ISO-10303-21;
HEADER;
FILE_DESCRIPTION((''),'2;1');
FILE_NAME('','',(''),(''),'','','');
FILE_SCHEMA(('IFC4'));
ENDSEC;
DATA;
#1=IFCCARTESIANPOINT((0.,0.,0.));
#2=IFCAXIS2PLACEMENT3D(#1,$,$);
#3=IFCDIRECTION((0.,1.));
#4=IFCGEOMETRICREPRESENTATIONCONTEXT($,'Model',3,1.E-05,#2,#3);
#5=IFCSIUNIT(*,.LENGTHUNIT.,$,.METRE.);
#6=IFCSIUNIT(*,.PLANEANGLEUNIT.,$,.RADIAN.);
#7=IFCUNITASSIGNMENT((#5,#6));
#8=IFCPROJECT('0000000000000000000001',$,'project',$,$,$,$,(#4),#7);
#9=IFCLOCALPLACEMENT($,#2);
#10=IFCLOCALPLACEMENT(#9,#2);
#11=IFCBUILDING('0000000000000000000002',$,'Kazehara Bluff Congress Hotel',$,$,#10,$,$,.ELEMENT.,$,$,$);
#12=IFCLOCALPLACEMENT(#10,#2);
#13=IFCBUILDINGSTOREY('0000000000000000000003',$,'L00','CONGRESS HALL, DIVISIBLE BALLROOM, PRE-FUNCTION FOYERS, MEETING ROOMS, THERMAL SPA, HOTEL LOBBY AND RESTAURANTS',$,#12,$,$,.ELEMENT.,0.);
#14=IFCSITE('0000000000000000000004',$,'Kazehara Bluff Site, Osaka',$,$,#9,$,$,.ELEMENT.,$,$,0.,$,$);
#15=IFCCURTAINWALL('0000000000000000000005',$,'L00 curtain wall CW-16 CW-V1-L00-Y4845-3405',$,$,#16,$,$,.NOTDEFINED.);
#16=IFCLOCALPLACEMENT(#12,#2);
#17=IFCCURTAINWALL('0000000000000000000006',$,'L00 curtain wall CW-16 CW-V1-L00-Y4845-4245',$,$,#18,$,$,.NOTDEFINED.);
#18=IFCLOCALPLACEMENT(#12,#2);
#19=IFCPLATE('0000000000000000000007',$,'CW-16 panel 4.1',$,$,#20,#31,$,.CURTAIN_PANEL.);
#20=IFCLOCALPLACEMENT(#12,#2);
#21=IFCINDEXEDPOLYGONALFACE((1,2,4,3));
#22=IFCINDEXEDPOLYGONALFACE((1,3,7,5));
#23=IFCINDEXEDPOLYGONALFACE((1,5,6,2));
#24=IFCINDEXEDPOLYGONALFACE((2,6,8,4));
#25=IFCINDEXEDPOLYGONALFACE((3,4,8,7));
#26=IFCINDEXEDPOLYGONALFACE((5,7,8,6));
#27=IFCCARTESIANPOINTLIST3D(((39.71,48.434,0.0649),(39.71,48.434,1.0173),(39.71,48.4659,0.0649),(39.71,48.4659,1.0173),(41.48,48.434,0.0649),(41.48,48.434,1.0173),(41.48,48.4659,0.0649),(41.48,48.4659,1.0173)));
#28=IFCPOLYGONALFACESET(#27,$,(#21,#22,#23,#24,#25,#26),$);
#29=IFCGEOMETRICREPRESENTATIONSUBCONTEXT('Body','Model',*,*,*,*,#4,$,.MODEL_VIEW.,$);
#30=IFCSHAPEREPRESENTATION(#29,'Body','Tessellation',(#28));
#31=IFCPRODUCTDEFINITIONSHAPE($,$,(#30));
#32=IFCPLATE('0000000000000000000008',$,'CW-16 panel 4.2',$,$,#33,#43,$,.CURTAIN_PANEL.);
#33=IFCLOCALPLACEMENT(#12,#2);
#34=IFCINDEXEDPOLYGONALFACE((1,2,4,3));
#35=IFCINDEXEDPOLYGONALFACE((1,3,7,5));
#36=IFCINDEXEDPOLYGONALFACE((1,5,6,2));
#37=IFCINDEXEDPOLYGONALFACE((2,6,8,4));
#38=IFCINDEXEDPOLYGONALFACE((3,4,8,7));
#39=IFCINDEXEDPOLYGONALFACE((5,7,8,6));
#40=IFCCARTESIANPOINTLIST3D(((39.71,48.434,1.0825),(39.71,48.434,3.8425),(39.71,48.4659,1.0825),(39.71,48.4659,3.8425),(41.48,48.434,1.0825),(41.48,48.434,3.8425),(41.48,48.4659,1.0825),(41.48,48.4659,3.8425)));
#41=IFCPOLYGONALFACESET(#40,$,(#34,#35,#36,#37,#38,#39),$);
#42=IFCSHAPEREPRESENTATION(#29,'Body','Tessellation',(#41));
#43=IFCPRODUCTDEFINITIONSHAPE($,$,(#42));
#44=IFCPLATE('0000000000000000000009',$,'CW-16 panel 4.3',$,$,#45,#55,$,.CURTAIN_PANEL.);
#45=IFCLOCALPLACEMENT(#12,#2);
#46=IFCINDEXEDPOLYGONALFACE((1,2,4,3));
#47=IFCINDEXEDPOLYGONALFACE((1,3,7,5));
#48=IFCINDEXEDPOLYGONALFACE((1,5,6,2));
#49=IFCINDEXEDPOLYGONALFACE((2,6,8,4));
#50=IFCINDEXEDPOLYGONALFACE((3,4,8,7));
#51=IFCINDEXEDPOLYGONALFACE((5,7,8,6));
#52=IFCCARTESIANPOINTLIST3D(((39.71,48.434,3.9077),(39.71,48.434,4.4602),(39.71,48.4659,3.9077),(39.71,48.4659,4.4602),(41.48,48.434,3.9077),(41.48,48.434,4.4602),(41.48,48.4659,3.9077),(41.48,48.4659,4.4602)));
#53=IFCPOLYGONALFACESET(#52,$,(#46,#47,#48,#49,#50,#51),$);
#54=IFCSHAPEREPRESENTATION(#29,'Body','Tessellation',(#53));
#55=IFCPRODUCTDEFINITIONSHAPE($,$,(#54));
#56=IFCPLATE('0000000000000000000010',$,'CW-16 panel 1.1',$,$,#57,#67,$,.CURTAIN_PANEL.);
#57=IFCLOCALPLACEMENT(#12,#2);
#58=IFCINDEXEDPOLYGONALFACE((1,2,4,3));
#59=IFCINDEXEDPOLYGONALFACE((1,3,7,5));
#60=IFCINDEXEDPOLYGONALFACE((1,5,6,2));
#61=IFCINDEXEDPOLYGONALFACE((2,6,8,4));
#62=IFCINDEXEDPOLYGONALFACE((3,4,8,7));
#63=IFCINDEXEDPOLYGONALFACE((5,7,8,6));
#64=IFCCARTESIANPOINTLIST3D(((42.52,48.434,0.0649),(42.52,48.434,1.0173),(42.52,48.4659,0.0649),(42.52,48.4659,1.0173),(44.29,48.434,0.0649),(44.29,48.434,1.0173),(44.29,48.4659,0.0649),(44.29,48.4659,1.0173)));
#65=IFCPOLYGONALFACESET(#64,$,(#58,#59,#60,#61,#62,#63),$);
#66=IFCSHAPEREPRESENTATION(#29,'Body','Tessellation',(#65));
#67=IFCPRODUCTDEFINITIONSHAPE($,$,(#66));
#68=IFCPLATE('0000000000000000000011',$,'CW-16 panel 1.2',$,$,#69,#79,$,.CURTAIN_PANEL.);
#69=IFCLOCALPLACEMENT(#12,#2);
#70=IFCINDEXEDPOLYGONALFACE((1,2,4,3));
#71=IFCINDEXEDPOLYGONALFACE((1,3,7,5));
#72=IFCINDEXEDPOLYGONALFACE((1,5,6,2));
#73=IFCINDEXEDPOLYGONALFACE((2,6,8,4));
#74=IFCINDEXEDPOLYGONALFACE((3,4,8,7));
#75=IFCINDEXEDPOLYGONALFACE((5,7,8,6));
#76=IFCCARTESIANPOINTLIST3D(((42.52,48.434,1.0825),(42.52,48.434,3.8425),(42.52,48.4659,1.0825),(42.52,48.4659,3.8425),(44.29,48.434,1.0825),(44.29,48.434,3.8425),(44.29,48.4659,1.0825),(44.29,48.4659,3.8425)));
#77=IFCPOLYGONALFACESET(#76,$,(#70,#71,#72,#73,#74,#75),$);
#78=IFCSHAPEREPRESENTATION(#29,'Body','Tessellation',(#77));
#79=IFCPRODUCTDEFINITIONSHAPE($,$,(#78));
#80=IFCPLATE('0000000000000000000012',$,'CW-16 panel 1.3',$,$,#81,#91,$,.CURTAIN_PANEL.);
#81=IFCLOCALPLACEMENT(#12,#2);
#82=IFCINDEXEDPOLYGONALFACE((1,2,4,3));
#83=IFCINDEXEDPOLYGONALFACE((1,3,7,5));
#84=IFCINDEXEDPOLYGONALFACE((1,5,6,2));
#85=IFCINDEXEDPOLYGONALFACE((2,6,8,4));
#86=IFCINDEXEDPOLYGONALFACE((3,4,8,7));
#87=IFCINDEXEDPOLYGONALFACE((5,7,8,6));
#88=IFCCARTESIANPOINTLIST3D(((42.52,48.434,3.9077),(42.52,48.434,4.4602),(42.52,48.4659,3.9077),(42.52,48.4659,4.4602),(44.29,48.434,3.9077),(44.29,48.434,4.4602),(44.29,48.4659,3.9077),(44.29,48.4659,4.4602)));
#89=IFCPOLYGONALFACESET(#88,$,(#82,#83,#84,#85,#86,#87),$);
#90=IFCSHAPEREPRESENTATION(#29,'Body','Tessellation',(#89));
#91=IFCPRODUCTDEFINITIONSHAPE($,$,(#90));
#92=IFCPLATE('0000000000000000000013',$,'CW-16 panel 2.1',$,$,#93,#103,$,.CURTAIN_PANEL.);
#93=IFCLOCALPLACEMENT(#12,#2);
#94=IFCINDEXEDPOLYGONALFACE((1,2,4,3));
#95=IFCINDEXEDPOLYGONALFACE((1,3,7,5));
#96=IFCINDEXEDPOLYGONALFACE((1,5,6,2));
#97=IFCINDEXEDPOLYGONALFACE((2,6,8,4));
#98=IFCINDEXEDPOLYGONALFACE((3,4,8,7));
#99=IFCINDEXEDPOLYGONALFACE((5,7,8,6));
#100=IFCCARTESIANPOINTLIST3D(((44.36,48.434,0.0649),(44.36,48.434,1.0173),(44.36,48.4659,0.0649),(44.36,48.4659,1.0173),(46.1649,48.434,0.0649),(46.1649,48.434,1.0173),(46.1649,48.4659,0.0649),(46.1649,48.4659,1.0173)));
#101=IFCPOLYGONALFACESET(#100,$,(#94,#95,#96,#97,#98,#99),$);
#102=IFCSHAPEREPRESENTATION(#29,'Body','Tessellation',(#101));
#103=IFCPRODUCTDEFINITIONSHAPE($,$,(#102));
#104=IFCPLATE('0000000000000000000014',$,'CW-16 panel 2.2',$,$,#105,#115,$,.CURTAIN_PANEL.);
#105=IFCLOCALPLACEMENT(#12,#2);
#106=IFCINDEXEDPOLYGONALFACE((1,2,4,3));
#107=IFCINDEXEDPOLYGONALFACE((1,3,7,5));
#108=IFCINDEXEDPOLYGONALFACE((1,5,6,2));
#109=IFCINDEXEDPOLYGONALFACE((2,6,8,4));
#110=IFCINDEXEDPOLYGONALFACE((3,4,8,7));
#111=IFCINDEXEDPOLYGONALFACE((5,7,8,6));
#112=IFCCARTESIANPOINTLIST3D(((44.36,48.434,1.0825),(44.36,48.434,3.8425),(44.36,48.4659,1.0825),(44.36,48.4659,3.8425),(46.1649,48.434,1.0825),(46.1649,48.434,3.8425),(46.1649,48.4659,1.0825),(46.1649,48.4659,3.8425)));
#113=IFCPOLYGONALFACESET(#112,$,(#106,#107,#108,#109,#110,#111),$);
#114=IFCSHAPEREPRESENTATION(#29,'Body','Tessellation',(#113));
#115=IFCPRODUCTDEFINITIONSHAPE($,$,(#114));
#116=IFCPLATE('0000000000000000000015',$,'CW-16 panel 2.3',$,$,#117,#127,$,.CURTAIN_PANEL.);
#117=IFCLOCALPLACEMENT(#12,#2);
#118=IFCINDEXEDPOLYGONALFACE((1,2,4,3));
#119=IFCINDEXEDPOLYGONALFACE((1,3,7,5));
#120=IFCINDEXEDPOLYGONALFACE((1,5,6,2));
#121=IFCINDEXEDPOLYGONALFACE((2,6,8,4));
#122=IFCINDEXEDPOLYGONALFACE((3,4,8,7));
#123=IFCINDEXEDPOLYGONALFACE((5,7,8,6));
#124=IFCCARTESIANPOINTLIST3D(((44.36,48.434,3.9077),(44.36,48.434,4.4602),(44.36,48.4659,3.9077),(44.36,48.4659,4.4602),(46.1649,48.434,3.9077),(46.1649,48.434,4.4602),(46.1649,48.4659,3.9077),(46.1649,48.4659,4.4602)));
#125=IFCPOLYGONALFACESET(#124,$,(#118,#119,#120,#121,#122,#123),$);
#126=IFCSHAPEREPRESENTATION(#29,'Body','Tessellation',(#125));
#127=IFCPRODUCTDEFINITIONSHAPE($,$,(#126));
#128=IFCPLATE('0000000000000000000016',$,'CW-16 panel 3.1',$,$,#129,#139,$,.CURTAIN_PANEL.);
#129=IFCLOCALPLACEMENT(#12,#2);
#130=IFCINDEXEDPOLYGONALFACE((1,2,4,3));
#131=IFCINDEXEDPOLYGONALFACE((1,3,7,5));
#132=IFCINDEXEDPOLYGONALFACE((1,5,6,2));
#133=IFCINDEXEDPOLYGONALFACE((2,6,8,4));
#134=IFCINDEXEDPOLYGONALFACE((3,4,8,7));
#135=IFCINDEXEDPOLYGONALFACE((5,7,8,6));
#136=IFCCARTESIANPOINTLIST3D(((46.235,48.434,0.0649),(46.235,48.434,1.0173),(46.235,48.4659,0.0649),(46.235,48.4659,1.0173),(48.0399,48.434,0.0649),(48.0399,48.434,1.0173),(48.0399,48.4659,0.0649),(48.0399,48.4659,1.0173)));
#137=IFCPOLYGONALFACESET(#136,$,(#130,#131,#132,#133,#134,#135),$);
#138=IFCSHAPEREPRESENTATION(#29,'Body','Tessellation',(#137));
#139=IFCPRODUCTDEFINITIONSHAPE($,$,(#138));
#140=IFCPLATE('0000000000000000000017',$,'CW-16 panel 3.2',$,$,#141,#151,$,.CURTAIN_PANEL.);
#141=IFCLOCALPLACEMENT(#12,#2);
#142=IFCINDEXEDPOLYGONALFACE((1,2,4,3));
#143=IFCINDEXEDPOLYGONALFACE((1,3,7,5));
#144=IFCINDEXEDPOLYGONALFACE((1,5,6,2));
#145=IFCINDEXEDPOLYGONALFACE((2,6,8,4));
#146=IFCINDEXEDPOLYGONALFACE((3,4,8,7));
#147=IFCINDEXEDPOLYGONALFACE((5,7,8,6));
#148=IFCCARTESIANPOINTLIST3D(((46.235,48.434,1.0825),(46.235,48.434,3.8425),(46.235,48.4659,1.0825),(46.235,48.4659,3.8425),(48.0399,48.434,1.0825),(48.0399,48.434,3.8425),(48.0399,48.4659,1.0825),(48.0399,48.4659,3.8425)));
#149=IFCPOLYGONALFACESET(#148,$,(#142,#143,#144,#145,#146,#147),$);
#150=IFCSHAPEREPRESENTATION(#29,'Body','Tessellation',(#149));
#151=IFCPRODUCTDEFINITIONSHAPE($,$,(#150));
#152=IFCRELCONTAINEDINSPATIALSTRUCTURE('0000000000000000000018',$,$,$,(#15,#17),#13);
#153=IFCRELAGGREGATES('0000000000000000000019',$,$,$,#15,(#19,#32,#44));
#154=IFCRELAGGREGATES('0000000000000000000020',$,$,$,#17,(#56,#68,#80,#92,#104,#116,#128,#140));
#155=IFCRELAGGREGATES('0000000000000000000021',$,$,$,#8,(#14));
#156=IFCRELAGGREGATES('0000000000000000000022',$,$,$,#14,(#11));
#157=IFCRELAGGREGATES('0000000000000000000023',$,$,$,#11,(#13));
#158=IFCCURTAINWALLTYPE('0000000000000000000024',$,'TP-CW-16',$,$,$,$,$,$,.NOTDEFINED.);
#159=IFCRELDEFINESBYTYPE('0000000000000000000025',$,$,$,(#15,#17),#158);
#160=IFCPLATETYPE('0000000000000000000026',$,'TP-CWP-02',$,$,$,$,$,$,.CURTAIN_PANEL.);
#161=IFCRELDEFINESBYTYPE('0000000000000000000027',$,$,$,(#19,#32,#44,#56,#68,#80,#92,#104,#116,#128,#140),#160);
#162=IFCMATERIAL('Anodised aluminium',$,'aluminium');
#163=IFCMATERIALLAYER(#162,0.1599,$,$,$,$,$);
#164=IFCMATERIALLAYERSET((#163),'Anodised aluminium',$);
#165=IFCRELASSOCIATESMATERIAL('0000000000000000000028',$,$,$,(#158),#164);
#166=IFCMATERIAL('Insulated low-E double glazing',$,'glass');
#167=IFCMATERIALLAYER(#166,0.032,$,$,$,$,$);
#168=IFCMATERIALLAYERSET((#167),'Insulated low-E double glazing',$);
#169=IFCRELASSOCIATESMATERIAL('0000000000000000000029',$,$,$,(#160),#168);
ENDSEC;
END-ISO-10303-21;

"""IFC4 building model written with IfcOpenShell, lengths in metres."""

from ifc_helpers import new_model, si_unit, direction, frame, origin, origin_2d, place, context, subcontext, project, spatial, rectangle, extrude, material, layer, layer_set, type_object, element, aggregate, save


model = new_model("IFC4")

# Units and contexts
model_context = context("Model", 3, precision=1e-05, world=origin(), true_north=direction((0.0, 1.0)))
body_context = subcontext(model_context, "Body", "Model", "MODEL_VIEW")
ifc_project = project(units=[si_unit("LENGTHUNIT", "METRE"), si_unit("PLANEANGLEUNIT", "RADIAN")], contexts=[model_context])

# Site, building, storey
site_placement = place(None, origin())
site = spatial("IfcSite", under=ifc_project, at=site_placement, Name="Kazehara Bluff Site, Osaka", CompositionType="ELEMENT", RefElevation=0.0)
building_placement = place(site_placement, origin())
building = spatial("IfcBuilding", under=site, at=building_placement, Name="Kazehara Bluff Congress Hotel", CompositionType="ELEMENT")
storey_placement = place(building_placement, origin())
storey = spatial("IfcBuildingStorey", under=building, at=storey_placement, Name="L00", Description="CONGRESS HALL, DIVISIBLE BALLROOM, PRE-FUNCTION FOYERS, MEETING ROOMS, THERMAL SPA, HOTEL LOBBY AND RESTAURANTS", CompositionType="ELEMENT", Elevation=0.0)

# Curtain wall
ifc_material_1 = material(Name="Anodised aluminium", Category="aluminium")
ifc_layer_1 = layer(ifc_material_1, 0.1599)
ifc_layer_set_1 = layer_set([ifc_layer_1], Name="Anodised aluminium")
curtain_wall_type = type_object("IfcCurtainWallType", Name="TP-CW-16", PredefinedType="NOTDEFINED", material=ifc_layer_set_1)
curtain_wall_1_placement = place(storey_placement, origin())
curtain_wall_1 = element("IfcCurtainWall", 1, at=curtain_wall_1_placement, inside=storey, type_object=curtain_wall_type, Name="L00 curtain wall CW-16 CW-V1-L00-Y4845-3405", PredefinedType="NOTDEFINED")

# Curtain wall
curtain_wall_2_placement = place(storey_placement, origin())
curtain_wall_2 = element("IfcCurtainWall", 2, at=curtain_wall_2_placement, inside=storey, type_object=curtain_wall_type, Name="L00 curtain wall CW-16 CW-V1-L00-Y4845-4245", PredefinedType="NOTDEFINED")

# Plates
ifc_material_2 = material(Name="Insulated low-E double glazing", Category="glass")
ifc_layer_2 = layer(ifc_material_2, 0.032)
ifc_layer_set_2 = layer_set([ifc_layer_2], Name="Insulated low-E double glazing")
plate_type = type_object("IfcPlateType", Name="TP-CWP-02", PredefinedType="CURTAIN_PANEL", material=ifc_layer_set_2)
plate_1_placement = place(storey_placement, frame((40.595, 48.45, 0.0649), z_axis=(0.0, 0.0, 1.0), x_axis=(1.0, 0.0, 0.0)))
plate_1 = element("IfcPlate", 3, at=plate_1_placement, type_object=plate_type, Name="CW-16 panel 4.1", PredefinedType="CURTAIN_PANEL", context=body_context, shape_type="SweptSolid", body=[
    extrude(rectangle(XDim=1.77, YDim=0.032, at=origin_2d()), origin(), (0.0, 0.0, 1.0), 0.9524),
])
plate_2_placement = place(storey_placement, frame((40.595, 48.45, 1.0825), z_axis=(0.0, 0.0, 1.0), x_axis=(1.0, 0.0, 0.0)))
plate_2 = element("IfcPlate", 4, at=plate_2_placement, type_object=plate_type, Name="CW-16 panel 4.2", PredefinedType="CURTAIN_PANEL", context=body_context, shape_type="SweptSolid", body=[
    extrude(rectangle(XDim=1.77, YDim=0.032, at=origin_2d()), origin(), (0.0, 0.0, 1.0), 2.76),
])
plate_3_placement = place(storey_placement, frame((40.595, 48.45, 3.9077), z_axis=(0.0, 0.0, 1.0), x_axis=(1.0, 0.0, 0.0)))
plate_3 = element("IfcPlate", 5, at=plate_3_placement, type_object=plate_type, Name="CW-16 panel 4.3", PredefinedType="CURTAIN_PANEL", context=body_context, shape_type="SweptSolid", body=[
    extrude(rectangle(XDim=1.77, YDim=0.032, at=origin_2d()), origin(), (0.0, 0.0, 1.0), 0.5525),
])
aggregate(curtain_wall_1, [plate_1, plate_2, plate_3])
plate_4_placement = place(storey_placement, frame((43.405, 48.45, 0.0649), z_axis=(0.0, 0.0, 1.0), x_axis=(1.0, 0.0, 0.0)))
plate_4 = element("IfcPlate", 6, at=plate_4_placement, type_object=plate_type, Name="CW-16 panel 1.1", PredefinedType="CURTAIN_PANEL", context=body_context, shape_type="SweptSolid", body=[
    extrude(rectangle(XDim=1.77, YDim=0.032, at=origin_2d()), origin(), (0.0, 0.0, 1.0), 0.9524),
])
plate_5_placement = place(storey_placement, frame((43.405, 48.45, 1.0825), z_axis=(0.0, 0.0, 1.0), x_axis=(1.0, 0.0, 0.0)))
plate_5 = element("IfcPlate", 7, at=plate_5_placement, type_object=plate_type, Name="CW-16 panel 1.2", PredefinedType="CURTAIN_PANEL", context=body_context, shape_type="SweptSolid", body=[
    extrude(rectangle(XDim=1.77, YDim=0.032, at=origin_2d()), origin(), (0.0, 0.0, 1.0), 2.76),
])
plate_6_placement = place(storey_placement, frame((43.405, 48.45, 3.9077), z_axis=(0.0, 0.0, 1.0), x_axis=(1.0, 0.0, 0.0)))
plate_6 = element("IfcPlate", 8, at=plate_6_placement, type_object=plate_type, Name="CW-16 panel 1.3", PredefinedType="CURTAIN_PANEL", context=body_context, shape_type="SweptSolid", body=[
    extrude(rectangle(XDim=1.77, YDim=0.032, at=origin_2d()), origin(), (0.0, 0.0, 1.0), 0.5525),
])
plate_7_placement = place(storey_placement, frame((45.2625, 48.45, 0.0649), z_axis=(0.0, 0.0, 1.0), x_axis=(1.0, 0.0, 0.0)))
plate_7 = element("IfcPlate", 9, at=plate_7_placement, type_object=plate_type, Name="CW-16 panel 2.1", PredefinedType="CURTAIN_PANEL", context=body_context, shape_type="SweptSolid", body=[
    extrude(rectangle(XDim=1.8049, YDim=0.032, at=origin_2d()), origin(), (0.0, 0.0, 1.0), 0.9524),
])
plate_8_placement = place(storey_placement, frame((45.2625, 48.45, 1.0825), z_axis=(0.0, 0.0, 1.0), x_axis=(1.0, 0.0, 0.0)))
plate_8 = element("IfcPlate", 10, at=plate_8_placement, type_object=plate_type, Name="CW-16 panel 2.2", PredefinedType="CURTAIN_PANEL", context=body_context, shape_type="SweptSolid", body=[
    extrude(rectangle(XDim=1.8049, YDim=0.032, at=origin_2d()), origin(), (0.0, 0.0, 1.0), 2.76),
])
plate_9_placement = place(storey_placement, frame((45.2625, 48.45, 3.9077), z_axis=(0.0, 0.0, 1.0), x_axis=(1.0, 0.0, 0.0)))
plate_9 = element("IfcPlate", 11, at=plate_9_placement, type_object=plate_type, Name="CW-16 panel 2.3", PredefinedType="CURTAIN_PANEL", context=body_context, shape_type="SweptSolid", body=[
    extrude(rectangle(XDim=1.8049, YDim=0.032, at=origin_2d()), origin(), (0.0, 0.0, 1.0), 0.5525),
])
plate_10_placement = place(storey_placement, frame((47.1375, 48.45, 0.0649), z_axis=(0.0, 0.0, 1.0), x_axis=(1.0, 0.0, 0.0)))
plate_10 = element("IfcPlate", 12, at=plate_10_placement, type_object=plate_type, Name="CW-16 panel 3.1", PredefinedType="CURTAIN_PANEL", context=body_context, shape_type="SweptSolid", body=[
    extrude(rectangle(XDim=1.8049, YDim=0.032, at=origin_2d()), origin(), (0.0, 0.0, 1.0), 0.9524),
])
plate_11_placement = place(storey_placement, frame((47.1375, 48.45, 1.0825), z_axis=(0.0, 0.0, 1.0), x_axis=(1.0, 0.0, 0.0)))
plate_11 = element("IfcPlate", 13, at=plate_11_placement, type_object=plate_type, Name="CW-16 panel 3.2", PredefinedType="CURTAIN_PANEL", context=body_context, shape_type="SweptSolid", body=[
    extrude(rectangle(XDim=1.8049, YDim=0.032, at=origin_2d()), origin(), (0.0, 0.0, 1.0), 2.76),
])
aggregate(curtain_wall_2, [plate_4, plate_5, plate_6, plate_7, plate_8, plate_9, plate_10, plate_11])

save(model, "model.ifc")
